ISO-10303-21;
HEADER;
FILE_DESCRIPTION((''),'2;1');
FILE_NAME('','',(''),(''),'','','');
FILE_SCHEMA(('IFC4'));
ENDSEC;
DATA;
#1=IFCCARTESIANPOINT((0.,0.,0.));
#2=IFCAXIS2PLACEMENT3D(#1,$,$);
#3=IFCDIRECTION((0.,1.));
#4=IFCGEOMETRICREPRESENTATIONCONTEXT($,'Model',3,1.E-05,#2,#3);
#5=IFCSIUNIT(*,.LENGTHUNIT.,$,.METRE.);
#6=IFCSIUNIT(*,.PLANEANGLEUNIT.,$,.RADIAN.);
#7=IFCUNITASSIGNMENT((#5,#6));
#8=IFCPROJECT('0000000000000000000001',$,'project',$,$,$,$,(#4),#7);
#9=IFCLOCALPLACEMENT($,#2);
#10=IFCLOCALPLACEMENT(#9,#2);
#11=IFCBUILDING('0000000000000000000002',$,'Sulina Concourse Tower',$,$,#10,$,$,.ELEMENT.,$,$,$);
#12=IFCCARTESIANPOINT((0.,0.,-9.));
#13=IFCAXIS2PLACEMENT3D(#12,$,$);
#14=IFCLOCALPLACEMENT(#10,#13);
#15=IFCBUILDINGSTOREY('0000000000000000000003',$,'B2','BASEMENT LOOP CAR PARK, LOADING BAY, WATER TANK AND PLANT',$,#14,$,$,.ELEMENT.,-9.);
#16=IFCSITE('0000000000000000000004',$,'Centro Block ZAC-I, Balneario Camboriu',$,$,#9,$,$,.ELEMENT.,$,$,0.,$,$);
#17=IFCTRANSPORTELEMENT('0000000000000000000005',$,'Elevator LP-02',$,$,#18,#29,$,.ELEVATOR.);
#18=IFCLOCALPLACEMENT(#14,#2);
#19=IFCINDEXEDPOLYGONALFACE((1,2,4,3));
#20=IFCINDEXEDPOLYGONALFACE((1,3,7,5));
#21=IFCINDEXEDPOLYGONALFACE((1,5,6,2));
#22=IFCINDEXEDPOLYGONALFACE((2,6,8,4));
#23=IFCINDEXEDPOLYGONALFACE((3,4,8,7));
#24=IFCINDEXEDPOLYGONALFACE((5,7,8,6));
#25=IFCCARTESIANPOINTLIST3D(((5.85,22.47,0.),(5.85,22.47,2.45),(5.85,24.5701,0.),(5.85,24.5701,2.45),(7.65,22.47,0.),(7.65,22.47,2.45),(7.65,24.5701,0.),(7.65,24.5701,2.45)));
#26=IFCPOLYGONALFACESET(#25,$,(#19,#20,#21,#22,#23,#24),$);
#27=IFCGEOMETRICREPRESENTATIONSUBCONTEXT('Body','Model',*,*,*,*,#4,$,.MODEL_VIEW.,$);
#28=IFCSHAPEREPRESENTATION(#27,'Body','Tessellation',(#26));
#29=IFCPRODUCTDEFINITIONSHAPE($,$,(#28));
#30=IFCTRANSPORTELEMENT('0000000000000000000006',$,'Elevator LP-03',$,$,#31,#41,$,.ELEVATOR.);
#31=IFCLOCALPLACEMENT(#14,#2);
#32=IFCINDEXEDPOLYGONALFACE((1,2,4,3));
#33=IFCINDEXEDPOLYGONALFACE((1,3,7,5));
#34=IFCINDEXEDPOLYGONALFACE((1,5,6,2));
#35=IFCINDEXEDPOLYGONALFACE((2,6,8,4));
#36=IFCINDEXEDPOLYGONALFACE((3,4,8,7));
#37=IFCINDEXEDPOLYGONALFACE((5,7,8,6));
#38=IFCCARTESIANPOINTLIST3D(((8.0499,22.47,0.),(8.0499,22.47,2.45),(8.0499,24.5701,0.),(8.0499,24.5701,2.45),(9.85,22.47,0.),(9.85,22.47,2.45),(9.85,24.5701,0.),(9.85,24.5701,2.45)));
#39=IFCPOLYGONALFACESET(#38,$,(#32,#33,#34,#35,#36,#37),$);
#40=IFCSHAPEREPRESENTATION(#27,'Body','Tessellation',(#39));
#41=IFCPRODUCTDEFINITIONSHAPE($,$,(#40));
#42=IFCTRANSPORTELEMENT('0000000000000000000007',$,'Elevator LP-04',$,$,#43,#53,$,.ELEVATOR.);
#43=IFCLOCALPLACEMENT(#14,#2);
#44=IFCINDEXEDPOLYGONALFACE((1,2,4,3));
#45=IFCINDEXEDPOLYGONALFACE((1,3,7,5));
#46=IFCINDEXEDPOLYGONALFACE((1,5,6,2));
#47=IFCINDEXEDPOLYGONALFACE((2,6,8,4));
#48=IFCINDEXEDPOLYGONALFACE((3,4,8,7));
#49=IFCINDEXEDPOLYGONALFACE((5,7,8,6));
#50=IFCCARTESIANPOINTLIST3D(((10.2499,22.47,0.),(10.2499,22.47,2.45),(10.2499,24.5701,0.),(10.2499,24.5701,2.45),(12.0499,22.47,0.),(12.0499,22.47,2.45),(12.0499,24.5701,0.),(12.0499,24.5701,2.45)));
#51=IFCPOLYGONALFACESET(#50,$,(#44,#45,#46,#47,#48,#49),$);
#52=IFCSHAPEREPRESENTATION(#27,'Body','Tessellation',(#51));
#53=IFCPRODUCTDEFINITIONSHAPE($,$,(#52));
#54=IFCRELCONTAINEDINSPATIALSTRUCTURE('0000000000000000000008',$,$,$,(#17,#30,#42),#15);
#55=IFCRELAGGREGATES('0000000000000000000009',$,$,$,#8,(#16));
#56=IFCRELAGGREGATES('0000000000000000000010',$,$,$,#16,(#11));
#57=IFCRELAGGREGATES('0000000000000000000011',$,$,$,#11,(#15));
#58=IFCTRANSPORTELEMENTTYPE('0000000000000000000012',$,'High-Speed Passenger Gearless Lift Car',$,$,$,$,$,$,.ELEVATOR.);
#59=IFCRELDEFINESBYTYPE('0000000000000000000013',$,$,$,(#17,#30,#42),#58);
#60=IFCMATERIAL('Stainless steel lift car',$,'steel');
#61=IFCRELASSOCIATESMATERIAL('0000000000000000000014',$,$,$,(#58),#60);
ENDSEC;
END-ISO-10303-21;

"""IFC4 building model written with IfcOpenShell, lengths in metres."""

from ifc_helpers import new_model, si_unit, direction, frame, origin, origin_2d, place, context, subcontext, project, spatial, rectangle, extrude, material, type_object, element, save


model = new_model("IFC4")

# Units and contexts
model_context = context("Model", 3, precision=1e-05, world=origin(), true_north=direction((0.0, 1.0)))
body_context = subcontext(model_context, "Body", "Model", "MODEL_VIEW")
ifc_project = project(units=[si_unit("LENGTHUNIT", "METRE"), si_unit("PLANEANGLEUNIT", "RADIAN")], contexts=[model_context])

# Site, building, storey
site_placement = place(None, origin())
site = spatial("IfcSite", under=ifc_project, at=site_placement, Name="Centro Block ZAC-I, Balneario Camboriu", CompositionType="ELEMENT", RefElevation=0.0)
building_placement = place(site_placement, origin())
building = spatial("IfcBuilding", under=site, at=building_placement, Name="Sulina Concourse Tower", CompositionType="ELEMENT")
storey_placement = place(building_placement, frame((0.0, 0.0, -9.0)))
storey = spatial("IfcBuildingStorey", under=building, at=storey_placement, Name="B2", Description="BASEMENT LOOP CAR PARK, LOADING BAY, WATER TANK AND PLANT", CompositionType="ELEMENT", Elevation=-9.0)

# Transport elements
ifc_material_1 = material(Name="Stainless steel lift car", Category="steel")
transport_element_type = type_object("IfcTransportElementType", Name="High-Speed Passenger Gearless Lift Car", PredefinedType="ELEVATOR", material=ifc_material_1)
for number, where, z_axis, x_axis, name in (
    (1, (6.75, 23.52, 0.0), (0.0, 0.0, 1.0), (1.0, 0.0, 0.0), "Elevator LP-02"),
    (2, (8.95, 23.52, 0.0), (0.0, 0.0, 1.0), (1.0, 0.0, 0.0), "Elevator LP-03"),
    (3, (11.1499, 23.52, 0.0), (0.0, 0.0, 1.0), (1.0, 0.0, 0.0), "Elevator LP-04"),
):
    element("IfcTransportElement", number, at=place(storey_placement, frame(where, z_axis=z_axis, x_axis=x_axis)), inside=storey, type_object=transport_element_type, Name=name, PredefinedType="ELEVATOR", context=body_context, shape_type="SweptSolid", body=[
        extrude(rectangle(XDim=1.8, YDim=2.1001, at=origin_2d()), origin(), (0.0, 0.0, 1.0), 2.45),
    ])

save(model, "model.ifc")
